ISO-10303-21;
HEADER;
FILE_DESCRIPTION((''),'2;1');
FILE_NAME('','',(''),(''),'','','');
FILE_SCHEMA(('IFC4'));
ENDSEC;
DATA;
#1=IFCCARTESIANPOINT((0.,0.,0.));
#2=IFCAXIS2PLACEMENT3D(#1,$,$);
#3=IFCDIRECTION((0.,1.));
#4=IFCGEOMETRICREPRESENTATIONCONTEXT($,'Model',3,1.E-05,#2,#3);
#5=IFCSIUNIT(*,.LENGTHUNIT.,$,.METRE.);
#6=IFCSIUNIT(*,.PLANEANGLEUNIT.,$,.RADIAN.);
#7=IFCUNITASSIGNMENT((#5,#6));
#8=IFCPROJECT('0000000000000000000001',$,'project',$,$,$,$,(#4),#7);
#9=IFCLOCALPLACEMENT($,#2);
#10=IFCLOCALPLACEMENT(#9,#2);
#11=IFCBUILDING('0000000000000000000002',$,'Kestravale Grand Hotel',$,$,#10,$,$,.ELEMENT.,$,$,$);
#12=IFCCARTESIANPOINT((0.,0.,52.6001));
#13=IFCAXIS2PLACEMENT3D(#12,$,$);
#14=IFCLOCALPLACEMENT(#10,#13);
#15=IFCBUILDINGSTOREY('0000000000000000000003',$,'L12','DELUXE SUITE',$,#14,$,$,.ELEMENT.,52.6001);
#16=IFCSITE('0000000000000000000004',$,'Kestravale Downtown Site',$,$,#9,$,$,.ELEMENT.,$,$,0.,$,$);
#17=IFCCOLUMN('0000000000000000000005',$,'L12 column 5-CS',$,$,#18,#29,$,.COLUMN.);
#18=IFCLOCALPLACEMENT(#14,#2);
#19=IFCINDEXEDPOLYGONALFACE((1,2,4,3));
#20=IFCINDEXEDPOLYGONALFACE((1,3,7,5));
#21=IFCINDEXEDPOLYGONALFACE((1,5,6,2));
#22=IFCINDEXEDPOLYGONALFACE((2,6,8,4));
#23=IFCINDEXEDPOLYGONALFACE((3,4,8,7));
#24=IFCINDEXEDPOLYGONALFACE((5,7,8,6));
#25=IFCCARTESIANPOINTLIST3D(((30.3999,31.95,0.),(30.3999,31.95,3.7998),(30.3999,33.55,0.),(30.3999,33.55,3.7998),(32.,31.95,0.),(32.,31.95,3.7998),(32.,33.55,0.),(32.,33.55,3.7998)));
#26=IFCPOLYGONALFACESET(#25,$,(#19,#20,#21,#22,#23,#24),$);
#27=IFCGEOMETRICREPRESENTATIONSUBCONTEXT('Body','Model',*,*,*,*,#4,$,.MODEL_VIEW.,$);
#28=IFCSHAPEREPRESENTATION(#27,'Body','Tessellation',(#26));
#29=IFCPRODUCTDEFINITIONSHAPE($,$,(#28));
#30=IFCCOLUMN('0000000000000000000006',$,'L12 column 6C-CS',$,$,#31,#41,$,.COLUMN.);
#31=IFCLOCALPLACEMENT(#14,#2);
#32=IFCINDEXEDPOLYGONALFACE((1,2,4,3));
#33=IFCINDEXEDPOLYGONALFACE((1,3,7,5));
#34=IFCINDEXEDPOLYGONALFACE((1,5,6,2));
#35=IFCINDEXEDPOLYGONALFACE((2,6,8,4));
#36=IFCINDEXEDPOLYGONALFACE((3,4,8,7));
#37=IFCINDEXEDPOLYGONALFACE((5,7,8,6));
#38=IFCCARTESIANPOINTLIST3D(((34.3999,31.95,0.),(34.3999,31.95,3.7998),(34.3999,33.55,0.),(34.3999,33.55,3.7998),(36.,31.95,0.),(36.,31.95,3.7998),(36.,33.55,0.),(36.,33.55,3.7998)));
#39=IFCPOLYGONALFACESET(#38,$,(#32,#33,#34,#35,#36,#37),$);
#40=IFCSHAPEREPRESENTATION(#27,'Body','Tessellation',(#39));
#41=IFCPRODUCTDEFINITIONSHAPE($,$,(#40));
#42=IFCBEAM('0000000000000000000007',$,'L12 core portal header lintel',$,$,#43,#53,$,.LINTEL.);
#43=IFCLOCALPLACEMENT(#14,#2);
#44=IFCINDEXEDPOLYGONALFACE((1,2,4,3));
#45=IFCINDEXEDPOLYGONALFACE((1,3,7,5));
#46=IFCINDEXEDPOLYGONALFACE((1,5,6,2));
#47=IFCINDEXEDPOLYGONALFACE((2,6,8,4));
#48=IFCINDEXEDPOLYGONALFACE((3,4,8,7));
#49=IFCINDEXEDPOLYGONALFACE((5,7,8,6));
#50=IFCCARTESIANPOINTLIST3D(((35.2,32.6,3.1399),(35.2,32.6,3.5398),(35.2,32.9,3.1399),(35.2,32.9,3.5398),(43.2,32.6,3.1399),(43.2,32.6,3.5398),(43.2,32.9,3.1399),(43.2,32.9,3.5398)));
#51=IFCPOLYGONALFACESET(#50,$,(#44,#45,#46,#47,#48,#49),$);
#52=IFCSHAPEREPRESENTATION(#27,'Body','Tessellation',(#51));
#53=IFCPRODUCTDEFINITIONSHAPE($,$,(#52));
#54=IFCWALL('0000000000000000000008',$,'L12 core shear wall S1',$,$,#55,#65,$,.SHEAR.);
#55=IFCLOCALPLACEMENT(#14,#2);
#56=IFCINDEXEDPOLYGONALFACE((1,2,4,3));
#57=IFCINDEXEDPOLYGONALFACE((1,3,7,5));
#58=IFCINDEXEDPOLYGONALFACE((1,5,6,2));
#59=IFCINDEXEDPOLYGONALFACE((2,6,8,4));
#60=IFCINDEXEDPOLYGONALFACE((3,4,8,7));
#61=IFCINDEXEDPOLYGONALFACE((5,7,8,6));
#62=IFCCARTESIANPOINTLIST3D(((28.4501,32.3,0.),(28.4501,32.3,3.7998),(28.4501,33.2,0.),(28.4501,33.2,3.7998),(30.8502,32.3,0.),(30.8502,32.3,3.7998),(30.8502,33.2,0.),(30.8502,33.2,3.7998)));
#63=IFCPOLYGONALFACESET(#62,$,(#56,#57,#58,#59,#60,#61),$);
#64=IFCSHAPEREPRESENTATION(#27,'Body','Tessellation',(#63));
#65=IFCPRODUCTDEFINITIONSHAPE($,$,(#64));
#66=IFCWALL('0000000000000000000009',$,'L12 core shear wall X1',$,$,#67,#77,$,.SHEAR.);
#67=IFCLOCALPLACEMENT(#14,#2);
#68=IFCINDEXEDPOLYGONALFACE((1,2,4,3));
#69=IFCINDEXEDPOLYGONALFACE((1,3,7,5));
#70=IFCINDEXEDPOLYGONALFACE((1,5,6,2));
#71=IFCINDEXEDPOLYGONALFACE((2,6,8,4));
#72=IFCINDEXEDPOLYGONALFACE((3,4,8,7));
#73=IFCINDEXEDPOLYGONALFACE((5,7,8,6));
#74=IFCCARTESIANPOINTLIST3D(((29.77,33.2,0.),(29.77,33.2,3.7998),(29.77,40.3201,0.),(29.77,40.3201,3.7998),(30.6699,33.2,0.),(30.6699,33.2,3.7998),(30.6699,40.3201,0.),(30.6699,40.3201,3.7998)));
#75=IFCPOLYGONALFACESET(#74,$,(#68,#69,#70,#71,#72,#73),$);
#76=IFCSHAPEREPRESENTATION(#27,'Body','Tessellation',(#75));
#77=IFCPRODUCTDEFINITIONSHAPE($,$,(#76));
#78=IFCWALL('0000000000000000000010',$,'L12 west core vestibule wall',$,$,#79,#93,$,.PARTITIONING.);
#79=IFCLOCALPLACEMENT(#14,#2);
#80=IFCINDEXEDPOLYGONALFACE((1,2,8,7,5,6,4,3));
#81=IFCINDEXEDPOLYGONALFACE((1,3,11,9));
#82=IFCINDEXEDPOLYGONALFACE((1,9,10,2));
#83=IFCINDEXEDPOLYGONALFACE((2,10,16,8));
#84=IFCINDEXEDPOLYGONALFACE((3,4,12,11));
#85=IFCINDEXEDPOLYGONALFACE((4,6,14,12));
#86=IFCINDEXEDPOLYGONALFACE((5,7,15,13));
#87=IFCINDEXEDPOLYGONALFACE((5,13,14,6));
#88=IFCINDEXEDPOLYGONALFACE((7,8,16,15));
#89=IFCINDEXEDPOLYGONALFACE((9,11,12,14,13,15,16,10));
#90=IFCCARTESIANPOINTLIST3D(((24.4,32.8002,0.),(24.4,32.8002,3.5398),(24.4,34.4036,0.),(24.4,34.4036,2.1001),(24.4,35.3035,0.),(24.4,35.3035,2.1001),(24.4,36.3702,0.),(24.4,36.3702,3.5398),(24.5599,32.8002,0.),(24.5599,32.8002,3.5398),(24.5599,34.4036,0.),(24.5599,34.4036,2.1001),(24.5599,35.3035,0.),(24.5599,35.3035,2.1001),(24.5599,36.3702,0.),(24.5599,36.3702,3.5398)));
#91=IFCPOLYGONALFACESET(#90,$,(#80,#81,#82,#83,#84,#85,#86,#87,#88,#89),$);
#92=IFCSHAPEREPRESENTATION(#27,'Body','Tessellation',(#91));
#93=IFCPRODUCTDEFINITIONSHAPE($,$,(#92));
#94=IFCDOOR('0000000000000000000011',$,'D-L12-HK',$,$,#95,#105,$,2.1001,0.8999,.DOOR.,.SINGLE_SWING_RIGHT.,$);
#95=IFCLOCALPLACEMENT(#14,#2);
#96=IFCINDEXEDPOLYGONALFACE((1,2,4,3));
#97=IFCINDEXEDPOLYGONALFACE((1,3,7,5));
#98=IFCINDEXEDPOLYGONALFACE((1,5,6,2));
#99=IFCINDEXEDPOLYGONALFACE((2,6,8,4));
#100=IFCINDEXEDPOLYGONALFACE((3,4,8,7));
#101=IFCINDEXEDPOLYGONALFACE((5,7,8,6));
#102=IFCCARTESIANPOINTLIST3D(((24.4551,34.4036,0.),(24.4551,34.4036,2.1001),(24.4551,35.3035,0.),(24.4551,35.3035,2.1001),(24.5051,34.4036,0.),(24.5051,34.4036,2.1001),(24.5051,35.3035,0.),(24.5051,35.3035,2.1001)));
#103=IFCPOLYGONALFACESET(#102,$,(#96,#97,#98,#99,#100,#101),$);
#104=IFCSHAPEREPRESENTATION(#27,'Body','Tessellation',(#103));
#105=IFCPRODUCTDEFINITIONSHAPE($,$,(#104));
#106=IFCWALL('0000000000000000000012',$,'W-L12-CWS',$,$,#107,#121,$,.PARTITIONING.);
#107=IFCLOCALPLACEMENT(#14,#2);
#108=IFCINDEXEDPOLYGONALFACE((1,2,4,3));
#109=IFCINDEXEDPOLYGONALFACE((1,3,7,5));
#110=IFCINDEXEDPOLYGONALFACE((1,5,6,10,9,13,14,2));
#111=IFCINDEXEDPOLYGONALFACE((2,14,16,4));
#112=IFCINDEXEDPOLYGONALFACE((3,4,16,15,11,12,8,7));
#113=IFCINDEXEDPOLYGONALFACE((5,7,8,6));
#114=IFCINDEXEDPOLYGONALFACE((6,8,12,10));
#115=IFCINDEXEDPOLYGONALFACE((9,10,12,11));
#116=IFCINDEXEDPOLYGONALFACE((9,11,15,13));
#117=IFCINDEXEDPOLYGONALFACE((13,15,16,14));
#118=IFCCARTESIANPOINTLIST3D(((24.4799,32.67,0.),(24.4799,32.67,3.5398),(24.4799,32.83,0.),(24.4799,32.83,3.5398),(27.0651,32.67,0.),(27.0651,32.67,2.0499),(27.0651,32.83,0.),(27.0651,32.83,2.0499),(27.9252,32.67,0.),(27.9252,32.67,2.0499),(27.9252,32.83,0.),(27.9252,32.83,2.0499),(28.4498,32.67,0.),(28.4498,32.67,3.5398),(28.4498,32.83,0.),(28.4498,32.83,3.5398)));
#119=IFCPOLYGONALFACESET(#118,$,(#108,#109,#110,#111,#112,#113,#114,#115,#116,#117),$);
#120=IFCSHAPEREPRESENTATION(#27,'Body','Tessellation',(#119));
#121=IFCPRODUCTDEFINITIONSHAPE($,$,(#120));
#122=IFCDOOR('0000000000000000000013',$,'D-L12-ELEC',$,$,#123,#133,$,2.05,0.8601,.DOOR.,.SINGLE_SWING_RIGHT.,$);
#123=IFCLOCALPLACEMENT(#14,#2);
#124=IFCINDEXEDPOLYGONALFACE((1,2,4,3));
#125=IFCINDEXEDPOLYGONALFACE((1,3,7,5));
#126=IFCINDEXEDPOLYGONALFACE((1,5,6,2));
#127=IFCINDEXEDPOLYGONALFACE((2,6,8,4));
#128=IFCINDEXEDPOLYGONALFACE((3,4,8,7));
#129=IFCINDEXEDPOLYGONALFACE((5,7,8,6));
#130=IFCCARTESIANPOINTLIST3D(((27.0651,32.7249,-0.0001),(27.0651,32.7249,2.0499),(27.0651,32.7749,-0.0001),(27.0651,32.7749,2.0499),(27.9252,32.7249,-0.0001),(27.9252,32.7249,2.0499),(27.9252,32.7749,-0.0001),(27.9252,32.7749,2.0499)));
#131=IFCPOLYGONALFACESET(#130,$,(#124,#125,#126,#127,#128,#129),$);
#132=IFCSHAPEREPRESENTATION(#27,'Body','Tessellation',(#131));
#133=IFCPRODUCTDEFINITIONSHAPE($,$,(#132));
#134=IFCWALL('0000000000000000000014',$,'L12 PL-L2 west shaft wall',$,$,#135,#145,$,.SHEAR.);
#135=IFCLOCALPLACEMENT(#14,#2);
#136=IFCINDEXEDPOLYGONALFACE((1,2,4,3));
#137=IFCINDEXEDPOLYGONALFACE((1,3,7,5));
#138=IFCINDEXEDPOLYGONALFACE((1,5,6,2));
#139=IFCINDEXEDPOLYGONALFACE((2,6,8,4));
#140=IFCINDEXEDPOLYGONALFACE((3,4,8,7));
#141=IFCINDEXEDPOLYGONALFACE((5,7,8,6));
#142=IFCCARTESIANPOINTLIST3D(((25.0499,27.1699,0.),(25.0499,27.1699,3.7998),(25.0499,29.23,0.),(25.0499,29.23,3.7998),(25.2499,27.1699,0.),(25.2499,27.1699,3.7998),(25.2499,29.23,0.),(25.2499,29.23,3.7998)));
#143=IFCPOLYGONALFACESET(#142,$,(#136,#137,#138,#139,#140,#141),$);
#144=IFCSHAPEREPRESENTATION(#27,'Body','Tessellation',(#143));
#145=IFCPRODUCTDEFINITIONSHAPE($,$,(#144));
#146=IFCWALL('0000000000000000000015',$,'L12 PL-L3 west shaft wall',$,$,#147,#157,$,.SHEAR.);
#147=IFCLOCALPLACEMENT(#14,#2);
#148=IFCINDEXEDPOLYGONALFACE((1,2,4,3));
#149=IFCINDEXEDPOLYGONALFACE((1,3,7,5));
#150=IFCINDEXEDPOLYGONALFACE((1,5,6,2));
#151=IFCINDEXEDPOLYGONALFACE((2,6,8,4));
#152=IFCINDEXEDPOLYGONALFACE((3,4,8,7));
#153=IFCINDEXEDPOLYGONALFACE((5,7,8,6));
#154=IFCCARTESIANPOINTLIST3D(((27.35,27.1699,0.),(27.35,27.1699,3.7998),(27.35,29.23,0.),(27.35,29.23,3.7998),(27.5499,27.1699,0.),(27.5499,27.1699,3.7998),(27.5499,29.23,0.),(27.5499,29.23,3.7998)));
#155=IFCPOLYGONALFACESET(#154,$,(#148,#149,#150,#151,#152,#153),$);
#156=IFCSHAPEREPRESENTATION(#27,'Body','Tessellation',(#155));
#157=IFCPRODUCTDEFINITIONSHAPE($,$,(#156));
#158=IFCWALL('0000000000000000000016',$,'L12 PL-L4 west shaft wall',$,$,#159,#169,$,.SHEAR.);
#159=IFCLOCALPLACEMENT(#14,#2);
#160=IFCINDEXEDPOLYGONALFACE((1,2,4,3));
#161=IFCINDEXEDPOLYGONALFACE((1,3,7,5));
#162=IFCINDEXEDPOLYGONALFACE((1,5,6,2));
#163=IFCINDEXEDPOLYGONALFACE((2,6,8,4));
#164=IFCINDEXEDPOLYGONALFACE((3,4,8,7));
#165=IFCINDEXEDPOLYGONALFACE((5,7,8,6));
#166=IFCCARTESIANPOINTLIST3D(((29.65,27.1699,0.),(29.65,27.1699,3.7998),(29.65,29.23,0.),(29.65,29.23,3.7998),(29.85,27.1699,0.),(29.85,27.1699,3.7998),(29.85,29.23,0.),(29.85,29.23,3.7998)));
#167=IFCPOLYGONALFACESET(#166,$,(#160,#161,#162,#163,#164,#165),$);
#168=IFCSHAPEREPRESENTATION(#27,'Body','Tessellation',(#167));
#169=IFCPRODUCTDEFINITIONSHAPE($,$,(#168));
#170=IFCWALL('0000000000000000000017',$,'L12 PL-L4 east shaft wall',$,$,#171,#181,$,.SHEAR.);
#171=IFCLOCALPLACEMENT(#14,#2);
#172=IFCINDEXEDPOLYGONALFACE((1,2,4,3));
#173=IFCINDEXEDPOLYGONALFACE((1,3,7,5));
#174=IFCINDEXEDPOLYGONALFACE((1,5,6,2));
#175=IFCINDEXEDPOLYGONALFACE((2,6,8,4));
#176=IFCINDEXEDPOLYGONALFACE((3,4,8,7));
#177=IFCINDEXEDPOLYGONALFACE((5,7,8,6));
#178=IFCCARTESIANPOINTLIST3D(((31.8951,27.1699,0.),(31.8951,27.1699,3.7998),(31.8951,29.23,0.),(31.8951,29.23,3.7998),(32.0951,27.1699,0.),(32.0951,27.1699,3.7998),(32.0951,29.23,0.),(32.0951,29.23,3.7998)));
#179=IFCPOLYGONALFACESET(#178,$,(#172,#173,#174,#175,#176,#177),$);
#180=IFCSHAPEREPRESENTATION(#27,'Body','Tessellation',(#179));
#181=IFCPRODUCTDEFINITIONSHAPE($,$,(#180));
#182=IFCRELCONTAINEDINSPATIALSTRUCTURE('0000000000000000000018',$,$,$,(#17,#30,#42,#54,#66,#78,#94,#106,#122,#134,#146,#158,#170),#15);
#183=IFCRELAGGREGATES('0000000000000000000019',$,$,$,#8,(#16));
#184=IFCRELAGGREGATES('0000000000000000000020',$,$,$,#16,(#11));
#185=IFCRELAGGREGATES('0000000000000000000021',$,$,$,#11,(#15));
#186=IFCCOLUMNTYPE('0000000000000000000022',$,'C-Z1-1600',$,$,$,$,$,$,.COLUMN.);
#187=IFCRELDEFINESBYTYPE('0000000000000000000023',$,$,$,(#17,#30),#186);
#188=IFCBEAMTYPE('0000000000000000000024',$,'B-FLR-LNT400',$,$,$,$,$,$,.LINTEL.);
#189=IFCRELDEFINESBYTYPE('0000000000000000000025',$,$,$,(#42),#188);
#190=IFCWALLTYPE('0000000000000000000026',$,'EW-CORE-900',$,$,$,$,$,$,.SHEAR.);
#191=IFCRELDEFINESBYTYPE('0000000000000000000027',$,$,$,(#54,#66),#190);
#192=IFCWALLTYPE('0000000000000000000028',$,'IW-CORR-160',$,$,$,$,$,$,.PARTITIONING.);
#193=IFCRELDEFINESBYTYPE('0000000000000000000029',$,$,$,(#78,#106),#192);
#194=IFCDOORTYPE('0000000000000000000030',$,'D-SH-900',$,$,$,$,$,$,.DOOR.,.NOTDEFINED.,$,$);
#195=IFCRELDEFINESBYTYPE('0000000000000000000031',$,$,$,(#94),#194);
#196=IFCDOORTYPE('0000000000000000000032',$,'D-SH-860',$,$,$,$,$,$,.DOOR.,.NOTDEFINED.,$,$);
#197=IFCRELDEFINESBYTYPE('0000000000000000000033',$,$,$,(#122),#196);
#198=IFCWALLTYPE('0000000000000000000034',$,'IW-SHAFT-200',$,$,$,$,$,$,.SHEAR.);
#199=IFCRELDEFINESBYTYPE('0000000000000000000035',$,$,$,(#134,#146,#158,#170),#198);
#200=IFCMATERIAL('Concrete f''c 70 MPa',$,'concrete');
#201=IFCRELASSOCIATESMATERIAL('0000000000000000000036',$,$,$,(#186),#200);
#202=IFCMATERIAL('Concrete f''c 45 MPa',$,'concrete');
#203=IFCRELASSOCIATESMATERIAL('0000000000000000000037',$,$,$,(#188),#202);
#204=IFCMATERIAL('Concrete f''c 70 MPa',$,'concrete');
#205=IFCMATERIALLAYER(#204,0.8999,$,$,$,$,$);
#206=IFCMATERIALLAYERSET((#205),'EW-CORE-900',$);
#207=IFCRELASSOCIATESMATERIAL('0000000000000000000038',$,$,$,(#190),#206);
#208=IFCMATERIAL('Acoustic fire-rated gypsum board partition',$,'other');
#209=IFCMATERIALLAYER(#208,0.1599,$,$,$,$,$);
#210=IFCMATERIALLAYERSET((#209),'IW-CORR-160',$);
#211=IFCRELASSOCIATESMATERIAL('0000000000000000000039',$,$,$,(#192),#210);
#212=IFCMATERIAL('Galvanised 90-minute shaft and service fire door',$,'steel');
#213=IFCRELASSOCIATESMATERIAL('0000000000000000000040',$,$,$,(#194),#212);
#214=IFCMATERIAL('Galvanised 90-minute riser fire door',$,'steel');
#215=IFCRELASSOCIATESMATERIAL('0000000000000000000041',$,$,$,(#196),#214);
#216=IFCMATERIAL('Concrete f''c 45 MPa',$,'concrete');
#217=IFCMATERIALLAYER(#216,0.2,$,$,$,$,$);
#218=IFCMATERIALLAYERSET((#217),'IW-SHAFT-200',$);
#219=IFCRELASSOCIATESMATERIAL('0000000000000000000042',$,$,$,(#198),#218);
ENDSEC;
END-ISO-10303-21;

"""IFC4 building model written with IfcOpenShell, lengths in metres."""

from ifc_helpers import new_model, si_unit, direction, frame, frame_2d, origin, origin_2d, place, context, subcontext, project, spatial, rectangle, extrude, material, layer, layer_set, material_profile, profile_set, type_object, element, fill, save


model = new_model("IFC4")

# Units and contexts
model_context = context("Model", 3, precision=1e-05, world=origin(), true_north=direction((0.0, 1.0)))
body_context = subcontext(model_context, "Body", "Model", "MODEL_VIEW")
ifc_project = project(units=[si_unit("LENGTHUNIT", "METRE"), si_unit("PLANEANGLEUNIT", "RADIAN")], contexts=[model_context])

# Site, building, storey
site_placement = place(None, origin())
site = spatial("IfcSite", under=ifc_project, at=site_placement, Name="Kestravale Downtown Site", CompositionType="ELEMENT", RefElevation=0.0)
building_placement = place(site_placement, origin())
building = spatial("IfcBuilding", under=site, at=building_placement, Name="Kestravale Grand Hotel", CompositionType="ELEMENT")
storey_placement = place(building_placement, frame((0.0, 0.0, 52.6001)))
storey = spatial("IfcBuildingStorey", under=building, at=storey_placement, Name="L12", Description="DELUXE SUITE", CompositionType="ELEMENT", Elevation=52.6001)

# Columns
ifc_material_1 = material(Name="Concrete f'c 70 MPa", Category="concrete")
ifc_material_profile_1 = material_profile(ifc_material_1, rectangle(XDim=1.6001, YDim=1.6001, at=origin_2d()))
ifc_profile_set_1 = profile_set([ifc_material_profile_1], Name="Concrete f'c 70 MPa")
column_type = type_object("IfcColumnType", Name="C-Z1-1600", PredefinedType="COLUMN", material=ifc_profile_set_1)
for number, where, z_axis, x_axis, name in (
    (1, (31.2, 32.75, 0.0), (0.0, 0.0, 1.0), (1.0, 0.0, 0.0), "L12 column 5-CS"),
    (2, (35.2, 32.75, 0.0), (0.0, 0.0, 1.0), (1.0, 0.0, 0.0), "L12 column 6C-CS"),
):
    element("IfcColumn", number, at=place(storey_placement, frame(where, z_axis=z_axis, x_axis=x_axis)), inside=storey, type_object=column_type, Name=name, PredefinedType="COLUMN", context=body_context, shape_type="SweptSolid", body=[
        extrude(rectangle(XDim=1.6001, YDim=1.6001, at=origin_2d()), origin(), (0.0, 0.0, 1.0), 3.7998),
    ])

# Beam
ifc_material_2 = material(Name="Concrete f'c 45 MPa", Category="concrete")
ifc_material_profile_2 = material_profile(ifc_material_2, rectangle(XDim=0.3, YDim=0.3999, at=origin_2d()))
ifc_profile_set_2 = profile_set([ifc_material_profile_2], Name="Concrete f'c 45 MPa")
beam_type = type_object("IfcBeamType", Name="B-FLR-LNT400", PredefinedType="LINTEL", material=ifc_profile_set_2)
beam_placement = place(storey_placement, frame((35.2, 32.75, 3.3398), z_axis=(1.0, 0.0, 0.0), x_axis=(0.0, 1.0, 0.0)))
element("IfcBeam", 3, at=beam_placement, inside=storey, type_object=beam_type, Name="L12 core portal header lintel", PredefinedType="LINTEL", context=body_context, shape_type="SweptSolid", body=[
    extrude(rectangle(XDim=0.3, YDim=0.3999, at=origin_2d()), origin(), (0.0, 0.0, 1.0), 8.0),
])

# Walls
ifc_material_3 = material(Name="Concrete f'c 70 MPa", Category="concrete")
ifc_layer_1 = layer(ifc_material_3, 0.8999)
ifc_layer_set_1 = layer_set([ifc_layer_1], Name="EW-CORE-900")
wall_type_1 = type_object("IfcWallType", Name="EW-CORE-900", PredefinedType="SHEAR", material=ifc_layer_set_1)
wall_1_placement = place(storey_placement, frame((28.45, 32.75, 0.0), z_axis=(0.0, 0.0, 1.0), x_axis=(1.0, 0.0, 0.0)))
element("IfcWall", 4, at=wall_1_placement, inside=storey, type_object=wall_type_1, Name="L12 core shear wall S1", PredefinedType="SHEAR", context=body_context, shape_type="SweptSolid", body=[
    extrude(rectangle(XDim=2.4001, YDim=0.8999, at=frame_2d((1.2002, 0.0))), origin(), (0.0, 0.0, 1.0), 3.7998),
])
wall_2_placement = place(storey_placement, frame((30.22, 33.2, 0.0), z_axis=(0.0, 0.0, 1.0), x_axis=(0.0, 1.0, 0.0)))
element("IfcWall", 5, at=wall_2_placement, inside=storey, type_object=wall_type_1, Name="L12 core shear wall X1", PredefinedType="SHEAR", context=body_context, shape_type="SweptSolid", body=[
    extrude(rectangle(XDim=7.1201, YDim=0.8999, at=frame_2d((3.5601, 0.0))), origin(), (0.0, 0.0, 1.0), 3.7998),
])

# Walls, openings, doors
ifc_material_4 = material(Name="Acoustic fire-rated gypsum board partition", Category="other")
ifc_layer_2 = layer(ifc_material_4, 0.1599)
ifc_layer_set_2 = layer_set([ifc_layer_2], Name="IW-CORR-160")
wall_type_2 = type_object("IfcWallType", Name="IW-CORR-160", PredefinedType="PARTITIONING", material=ifc_layer_set_2)
wall_3_placement = place(storey_placement, frame((24.48, 32.8, 0.0), z_axis=(0.0, 0.0, 1.0), x_axis=(0.0, 1.0, 0.0)))
wall_3 = element("IfcWall", 6, at=wall_3_placement, inside=storey, type_object=wall_type_2, Name="L12 west core vestibule wall", PredefinedType="PARTITIONING", context=body_context, shape_type="SweptSolid", body=[
    extrude(rectangle(XDim=3.5701, YDim=0.1599, at=frame_2d((1.7852, 0.0))), origin(), (0.0, 0.0, 1.0), 3.5398),
])
opening_1_placement = place(wall_3_placement, frame((1.6035, 0.0, 0.0)))
opening_1 = element("IfcOpeningElement", 7, at=opening_1_placement, cuts=wall_3, PredefinedType="OPENING", context=body_context, shape_type="SweptSolid", body=[
    extrude(rectangle(XDim=0.8999, YDim=2.1001, at=frame_2d((0.45, 1.05))), frame((0.0, 0.0898, 0.0), z_axis=(0.0, -1.0, 0.0), x_axis=(1.0, 0.0, 0.0)), (0.0, 0.0, 1.0), 0.1799),
])
ifc_material_5 = material(Name="Galvanised 90-minute shaft and service fire door", Category="steel")
door_type_1 = type_object("IfcDoorType", Name="D-SH-900", OperationType="NOTDEFINED", PredefinedType="DOOR", material=ifc_material_5)
door_1_placement = place(opening_1_placement, origin())
door_1 = element("IfcDoor", 8, at=door_1_placement, inside=storey, type_object=door_type_1, Name="D-L12-HK", OperationType="SINGLE_SWING_RIGHT", OverallHeight=2.1001, OverallWidth=0.8999, PredefinedType="DOOR", context=body_context, shape_type="SweptSolid", body=[
    extrude(rectangle(XDim=0.8999, YDim=2.1001, at=frame_2d((0.45, 1.05))), frame((0.0, 0.0249, 0.0), z_axis=(0.0, -1.0, 0.0), x_axis=(1.0, 0.0, 0.0)), (0.0, 0.0, 1.0), 0.05),
])
fill(opening_1, door_1)
wall_4_placement = place(storey_placement, frame((24.48, 32.75, 0.0), z_axis=(0.0, 0.0, 1.0), x_axis=(1.0, 0.0, 0.0)))
wall_4 = element("IfcWall", 9, at=wall_4_placement, inside=storey, type_object=wall_type_2, Name="W-L12-CWS", PredefinedType="PARTITIONING", context=body_context, shape_type="SweptSolid", body=[
    extrude(rectangle(XDim=3.97, YDim=0.1599, at=frame_2d((1.9849, 0.0))), origin(), (0.0, 0.0, 1.0), 3.5398),
])
opening_2_placement = place(wall_4_placement, frame((2.585, 0.0, 0.0)))
opening_2 = element("IfcOpeningElement", 10, at=opening_2_placement, cuts=wall_4, PredefinedType="OPENING", context=body_context, shape_type="SweptSolid", body=[
    extrude(rectangle(XDim=0.8601, YDim=2.05, at=frame_2d((0.4302, 1.0249))), frame((0.0, 0.0898, 0.0), z_axis=(0.0, -1.0, 0.0), x_axis=(1.0, 0.0, 0.0)), (0.0, 0.0, 1.0), 0.1799),
])
ifc_material_6 = material(Name="Galvanised 90-minute riser fire door", Category="steel")
door_type_2 = type_object("IfcDoorType", Name="D-SH-860", OperationType="NOTDEFINED", PredefinedType="DOOR", material=ifc_material_6)
door_2_placement = place(opening_2_placement, origin())
door_2 = element("IfcDoor", 11, at=door_2_placement, inside=storey, type_object=door_type_2, Name="D-L12-ELEC", OperationType="SINGLE_SWING_RIGHT", OverallHeight=2.05, OverallWidth=0.8601, PredefinedType="DOOR", context=body_context, shape_type="SweptSolid", body=[
    extrude(rectangle(XDim=0.8601, YDim=2.05, at=frame_2d((0.4302, 1.0249))), frame((0.0, 0.0249, 0.0), z_axis=(0.0, -1.0, 0.0), x_axis=(1.0, 0.0, 0.0)), (0.0, 0.0, 1.0), 0.05),
])
fill(opening_2, door_2)

# Walls
ifc_material_7 = material(Name="Concrete f'c 45 MPa", Category="concrete")
ifc_layer_3 = layer(ifc_material_7, 0.2)
ifc_layer_set_3 = layer_set([ifc_layer_3], Name="IW-SHAFT-200")
wall_type_3 = type_object("IfcWallType", Name="IW-SHAFT-200", PredefinedType="SHEAR", material=ifc_layer_set_3)
for number, where, z_axis, x_axis, name in (
    (12, (25.1499, 27.1699, 0.0), (0.0, 0.0, 1.0), (0.0, 1.0, 0.0), "L12 PL-L2 west shaft wall"),
    (13, (27.45, 27.1699, 0.0), (0.0, 0.0, 1.0), (0.0, 1.0, 0.0), "L12 PL-L3 west shaft wall"),
    (14, (29.75, 27.1699, 0.0), (0.0, 0.0, 1.0), (0.0, 1.0, 0.0), "L12 PL-L4 west shaft wall"),
    (15, (31.9951, 27.1699, 0.0), (0.0, 0.0, 1.0), (0.0, 1.0, 0.0), "L12 PL-L4 east shaft wall"),
):
    element("IfcWall", number, at=place(storey_placement, frame(where, z_axis=z_axis, x_axis=x_axis)), inside=storey, type_object=wall_type_3, Name=name, PredefinedType="SHEAR", context=body_context, shape_type="SweptSolid", body=[
        extrude(rectangle(XDim=2.0601, YDim=0.2, at=frame_2d((1.03, 0.0))), origin(), (0.0, 0.0, 1.0), 3.7998),
    ])

save(model, "model.ifc")
